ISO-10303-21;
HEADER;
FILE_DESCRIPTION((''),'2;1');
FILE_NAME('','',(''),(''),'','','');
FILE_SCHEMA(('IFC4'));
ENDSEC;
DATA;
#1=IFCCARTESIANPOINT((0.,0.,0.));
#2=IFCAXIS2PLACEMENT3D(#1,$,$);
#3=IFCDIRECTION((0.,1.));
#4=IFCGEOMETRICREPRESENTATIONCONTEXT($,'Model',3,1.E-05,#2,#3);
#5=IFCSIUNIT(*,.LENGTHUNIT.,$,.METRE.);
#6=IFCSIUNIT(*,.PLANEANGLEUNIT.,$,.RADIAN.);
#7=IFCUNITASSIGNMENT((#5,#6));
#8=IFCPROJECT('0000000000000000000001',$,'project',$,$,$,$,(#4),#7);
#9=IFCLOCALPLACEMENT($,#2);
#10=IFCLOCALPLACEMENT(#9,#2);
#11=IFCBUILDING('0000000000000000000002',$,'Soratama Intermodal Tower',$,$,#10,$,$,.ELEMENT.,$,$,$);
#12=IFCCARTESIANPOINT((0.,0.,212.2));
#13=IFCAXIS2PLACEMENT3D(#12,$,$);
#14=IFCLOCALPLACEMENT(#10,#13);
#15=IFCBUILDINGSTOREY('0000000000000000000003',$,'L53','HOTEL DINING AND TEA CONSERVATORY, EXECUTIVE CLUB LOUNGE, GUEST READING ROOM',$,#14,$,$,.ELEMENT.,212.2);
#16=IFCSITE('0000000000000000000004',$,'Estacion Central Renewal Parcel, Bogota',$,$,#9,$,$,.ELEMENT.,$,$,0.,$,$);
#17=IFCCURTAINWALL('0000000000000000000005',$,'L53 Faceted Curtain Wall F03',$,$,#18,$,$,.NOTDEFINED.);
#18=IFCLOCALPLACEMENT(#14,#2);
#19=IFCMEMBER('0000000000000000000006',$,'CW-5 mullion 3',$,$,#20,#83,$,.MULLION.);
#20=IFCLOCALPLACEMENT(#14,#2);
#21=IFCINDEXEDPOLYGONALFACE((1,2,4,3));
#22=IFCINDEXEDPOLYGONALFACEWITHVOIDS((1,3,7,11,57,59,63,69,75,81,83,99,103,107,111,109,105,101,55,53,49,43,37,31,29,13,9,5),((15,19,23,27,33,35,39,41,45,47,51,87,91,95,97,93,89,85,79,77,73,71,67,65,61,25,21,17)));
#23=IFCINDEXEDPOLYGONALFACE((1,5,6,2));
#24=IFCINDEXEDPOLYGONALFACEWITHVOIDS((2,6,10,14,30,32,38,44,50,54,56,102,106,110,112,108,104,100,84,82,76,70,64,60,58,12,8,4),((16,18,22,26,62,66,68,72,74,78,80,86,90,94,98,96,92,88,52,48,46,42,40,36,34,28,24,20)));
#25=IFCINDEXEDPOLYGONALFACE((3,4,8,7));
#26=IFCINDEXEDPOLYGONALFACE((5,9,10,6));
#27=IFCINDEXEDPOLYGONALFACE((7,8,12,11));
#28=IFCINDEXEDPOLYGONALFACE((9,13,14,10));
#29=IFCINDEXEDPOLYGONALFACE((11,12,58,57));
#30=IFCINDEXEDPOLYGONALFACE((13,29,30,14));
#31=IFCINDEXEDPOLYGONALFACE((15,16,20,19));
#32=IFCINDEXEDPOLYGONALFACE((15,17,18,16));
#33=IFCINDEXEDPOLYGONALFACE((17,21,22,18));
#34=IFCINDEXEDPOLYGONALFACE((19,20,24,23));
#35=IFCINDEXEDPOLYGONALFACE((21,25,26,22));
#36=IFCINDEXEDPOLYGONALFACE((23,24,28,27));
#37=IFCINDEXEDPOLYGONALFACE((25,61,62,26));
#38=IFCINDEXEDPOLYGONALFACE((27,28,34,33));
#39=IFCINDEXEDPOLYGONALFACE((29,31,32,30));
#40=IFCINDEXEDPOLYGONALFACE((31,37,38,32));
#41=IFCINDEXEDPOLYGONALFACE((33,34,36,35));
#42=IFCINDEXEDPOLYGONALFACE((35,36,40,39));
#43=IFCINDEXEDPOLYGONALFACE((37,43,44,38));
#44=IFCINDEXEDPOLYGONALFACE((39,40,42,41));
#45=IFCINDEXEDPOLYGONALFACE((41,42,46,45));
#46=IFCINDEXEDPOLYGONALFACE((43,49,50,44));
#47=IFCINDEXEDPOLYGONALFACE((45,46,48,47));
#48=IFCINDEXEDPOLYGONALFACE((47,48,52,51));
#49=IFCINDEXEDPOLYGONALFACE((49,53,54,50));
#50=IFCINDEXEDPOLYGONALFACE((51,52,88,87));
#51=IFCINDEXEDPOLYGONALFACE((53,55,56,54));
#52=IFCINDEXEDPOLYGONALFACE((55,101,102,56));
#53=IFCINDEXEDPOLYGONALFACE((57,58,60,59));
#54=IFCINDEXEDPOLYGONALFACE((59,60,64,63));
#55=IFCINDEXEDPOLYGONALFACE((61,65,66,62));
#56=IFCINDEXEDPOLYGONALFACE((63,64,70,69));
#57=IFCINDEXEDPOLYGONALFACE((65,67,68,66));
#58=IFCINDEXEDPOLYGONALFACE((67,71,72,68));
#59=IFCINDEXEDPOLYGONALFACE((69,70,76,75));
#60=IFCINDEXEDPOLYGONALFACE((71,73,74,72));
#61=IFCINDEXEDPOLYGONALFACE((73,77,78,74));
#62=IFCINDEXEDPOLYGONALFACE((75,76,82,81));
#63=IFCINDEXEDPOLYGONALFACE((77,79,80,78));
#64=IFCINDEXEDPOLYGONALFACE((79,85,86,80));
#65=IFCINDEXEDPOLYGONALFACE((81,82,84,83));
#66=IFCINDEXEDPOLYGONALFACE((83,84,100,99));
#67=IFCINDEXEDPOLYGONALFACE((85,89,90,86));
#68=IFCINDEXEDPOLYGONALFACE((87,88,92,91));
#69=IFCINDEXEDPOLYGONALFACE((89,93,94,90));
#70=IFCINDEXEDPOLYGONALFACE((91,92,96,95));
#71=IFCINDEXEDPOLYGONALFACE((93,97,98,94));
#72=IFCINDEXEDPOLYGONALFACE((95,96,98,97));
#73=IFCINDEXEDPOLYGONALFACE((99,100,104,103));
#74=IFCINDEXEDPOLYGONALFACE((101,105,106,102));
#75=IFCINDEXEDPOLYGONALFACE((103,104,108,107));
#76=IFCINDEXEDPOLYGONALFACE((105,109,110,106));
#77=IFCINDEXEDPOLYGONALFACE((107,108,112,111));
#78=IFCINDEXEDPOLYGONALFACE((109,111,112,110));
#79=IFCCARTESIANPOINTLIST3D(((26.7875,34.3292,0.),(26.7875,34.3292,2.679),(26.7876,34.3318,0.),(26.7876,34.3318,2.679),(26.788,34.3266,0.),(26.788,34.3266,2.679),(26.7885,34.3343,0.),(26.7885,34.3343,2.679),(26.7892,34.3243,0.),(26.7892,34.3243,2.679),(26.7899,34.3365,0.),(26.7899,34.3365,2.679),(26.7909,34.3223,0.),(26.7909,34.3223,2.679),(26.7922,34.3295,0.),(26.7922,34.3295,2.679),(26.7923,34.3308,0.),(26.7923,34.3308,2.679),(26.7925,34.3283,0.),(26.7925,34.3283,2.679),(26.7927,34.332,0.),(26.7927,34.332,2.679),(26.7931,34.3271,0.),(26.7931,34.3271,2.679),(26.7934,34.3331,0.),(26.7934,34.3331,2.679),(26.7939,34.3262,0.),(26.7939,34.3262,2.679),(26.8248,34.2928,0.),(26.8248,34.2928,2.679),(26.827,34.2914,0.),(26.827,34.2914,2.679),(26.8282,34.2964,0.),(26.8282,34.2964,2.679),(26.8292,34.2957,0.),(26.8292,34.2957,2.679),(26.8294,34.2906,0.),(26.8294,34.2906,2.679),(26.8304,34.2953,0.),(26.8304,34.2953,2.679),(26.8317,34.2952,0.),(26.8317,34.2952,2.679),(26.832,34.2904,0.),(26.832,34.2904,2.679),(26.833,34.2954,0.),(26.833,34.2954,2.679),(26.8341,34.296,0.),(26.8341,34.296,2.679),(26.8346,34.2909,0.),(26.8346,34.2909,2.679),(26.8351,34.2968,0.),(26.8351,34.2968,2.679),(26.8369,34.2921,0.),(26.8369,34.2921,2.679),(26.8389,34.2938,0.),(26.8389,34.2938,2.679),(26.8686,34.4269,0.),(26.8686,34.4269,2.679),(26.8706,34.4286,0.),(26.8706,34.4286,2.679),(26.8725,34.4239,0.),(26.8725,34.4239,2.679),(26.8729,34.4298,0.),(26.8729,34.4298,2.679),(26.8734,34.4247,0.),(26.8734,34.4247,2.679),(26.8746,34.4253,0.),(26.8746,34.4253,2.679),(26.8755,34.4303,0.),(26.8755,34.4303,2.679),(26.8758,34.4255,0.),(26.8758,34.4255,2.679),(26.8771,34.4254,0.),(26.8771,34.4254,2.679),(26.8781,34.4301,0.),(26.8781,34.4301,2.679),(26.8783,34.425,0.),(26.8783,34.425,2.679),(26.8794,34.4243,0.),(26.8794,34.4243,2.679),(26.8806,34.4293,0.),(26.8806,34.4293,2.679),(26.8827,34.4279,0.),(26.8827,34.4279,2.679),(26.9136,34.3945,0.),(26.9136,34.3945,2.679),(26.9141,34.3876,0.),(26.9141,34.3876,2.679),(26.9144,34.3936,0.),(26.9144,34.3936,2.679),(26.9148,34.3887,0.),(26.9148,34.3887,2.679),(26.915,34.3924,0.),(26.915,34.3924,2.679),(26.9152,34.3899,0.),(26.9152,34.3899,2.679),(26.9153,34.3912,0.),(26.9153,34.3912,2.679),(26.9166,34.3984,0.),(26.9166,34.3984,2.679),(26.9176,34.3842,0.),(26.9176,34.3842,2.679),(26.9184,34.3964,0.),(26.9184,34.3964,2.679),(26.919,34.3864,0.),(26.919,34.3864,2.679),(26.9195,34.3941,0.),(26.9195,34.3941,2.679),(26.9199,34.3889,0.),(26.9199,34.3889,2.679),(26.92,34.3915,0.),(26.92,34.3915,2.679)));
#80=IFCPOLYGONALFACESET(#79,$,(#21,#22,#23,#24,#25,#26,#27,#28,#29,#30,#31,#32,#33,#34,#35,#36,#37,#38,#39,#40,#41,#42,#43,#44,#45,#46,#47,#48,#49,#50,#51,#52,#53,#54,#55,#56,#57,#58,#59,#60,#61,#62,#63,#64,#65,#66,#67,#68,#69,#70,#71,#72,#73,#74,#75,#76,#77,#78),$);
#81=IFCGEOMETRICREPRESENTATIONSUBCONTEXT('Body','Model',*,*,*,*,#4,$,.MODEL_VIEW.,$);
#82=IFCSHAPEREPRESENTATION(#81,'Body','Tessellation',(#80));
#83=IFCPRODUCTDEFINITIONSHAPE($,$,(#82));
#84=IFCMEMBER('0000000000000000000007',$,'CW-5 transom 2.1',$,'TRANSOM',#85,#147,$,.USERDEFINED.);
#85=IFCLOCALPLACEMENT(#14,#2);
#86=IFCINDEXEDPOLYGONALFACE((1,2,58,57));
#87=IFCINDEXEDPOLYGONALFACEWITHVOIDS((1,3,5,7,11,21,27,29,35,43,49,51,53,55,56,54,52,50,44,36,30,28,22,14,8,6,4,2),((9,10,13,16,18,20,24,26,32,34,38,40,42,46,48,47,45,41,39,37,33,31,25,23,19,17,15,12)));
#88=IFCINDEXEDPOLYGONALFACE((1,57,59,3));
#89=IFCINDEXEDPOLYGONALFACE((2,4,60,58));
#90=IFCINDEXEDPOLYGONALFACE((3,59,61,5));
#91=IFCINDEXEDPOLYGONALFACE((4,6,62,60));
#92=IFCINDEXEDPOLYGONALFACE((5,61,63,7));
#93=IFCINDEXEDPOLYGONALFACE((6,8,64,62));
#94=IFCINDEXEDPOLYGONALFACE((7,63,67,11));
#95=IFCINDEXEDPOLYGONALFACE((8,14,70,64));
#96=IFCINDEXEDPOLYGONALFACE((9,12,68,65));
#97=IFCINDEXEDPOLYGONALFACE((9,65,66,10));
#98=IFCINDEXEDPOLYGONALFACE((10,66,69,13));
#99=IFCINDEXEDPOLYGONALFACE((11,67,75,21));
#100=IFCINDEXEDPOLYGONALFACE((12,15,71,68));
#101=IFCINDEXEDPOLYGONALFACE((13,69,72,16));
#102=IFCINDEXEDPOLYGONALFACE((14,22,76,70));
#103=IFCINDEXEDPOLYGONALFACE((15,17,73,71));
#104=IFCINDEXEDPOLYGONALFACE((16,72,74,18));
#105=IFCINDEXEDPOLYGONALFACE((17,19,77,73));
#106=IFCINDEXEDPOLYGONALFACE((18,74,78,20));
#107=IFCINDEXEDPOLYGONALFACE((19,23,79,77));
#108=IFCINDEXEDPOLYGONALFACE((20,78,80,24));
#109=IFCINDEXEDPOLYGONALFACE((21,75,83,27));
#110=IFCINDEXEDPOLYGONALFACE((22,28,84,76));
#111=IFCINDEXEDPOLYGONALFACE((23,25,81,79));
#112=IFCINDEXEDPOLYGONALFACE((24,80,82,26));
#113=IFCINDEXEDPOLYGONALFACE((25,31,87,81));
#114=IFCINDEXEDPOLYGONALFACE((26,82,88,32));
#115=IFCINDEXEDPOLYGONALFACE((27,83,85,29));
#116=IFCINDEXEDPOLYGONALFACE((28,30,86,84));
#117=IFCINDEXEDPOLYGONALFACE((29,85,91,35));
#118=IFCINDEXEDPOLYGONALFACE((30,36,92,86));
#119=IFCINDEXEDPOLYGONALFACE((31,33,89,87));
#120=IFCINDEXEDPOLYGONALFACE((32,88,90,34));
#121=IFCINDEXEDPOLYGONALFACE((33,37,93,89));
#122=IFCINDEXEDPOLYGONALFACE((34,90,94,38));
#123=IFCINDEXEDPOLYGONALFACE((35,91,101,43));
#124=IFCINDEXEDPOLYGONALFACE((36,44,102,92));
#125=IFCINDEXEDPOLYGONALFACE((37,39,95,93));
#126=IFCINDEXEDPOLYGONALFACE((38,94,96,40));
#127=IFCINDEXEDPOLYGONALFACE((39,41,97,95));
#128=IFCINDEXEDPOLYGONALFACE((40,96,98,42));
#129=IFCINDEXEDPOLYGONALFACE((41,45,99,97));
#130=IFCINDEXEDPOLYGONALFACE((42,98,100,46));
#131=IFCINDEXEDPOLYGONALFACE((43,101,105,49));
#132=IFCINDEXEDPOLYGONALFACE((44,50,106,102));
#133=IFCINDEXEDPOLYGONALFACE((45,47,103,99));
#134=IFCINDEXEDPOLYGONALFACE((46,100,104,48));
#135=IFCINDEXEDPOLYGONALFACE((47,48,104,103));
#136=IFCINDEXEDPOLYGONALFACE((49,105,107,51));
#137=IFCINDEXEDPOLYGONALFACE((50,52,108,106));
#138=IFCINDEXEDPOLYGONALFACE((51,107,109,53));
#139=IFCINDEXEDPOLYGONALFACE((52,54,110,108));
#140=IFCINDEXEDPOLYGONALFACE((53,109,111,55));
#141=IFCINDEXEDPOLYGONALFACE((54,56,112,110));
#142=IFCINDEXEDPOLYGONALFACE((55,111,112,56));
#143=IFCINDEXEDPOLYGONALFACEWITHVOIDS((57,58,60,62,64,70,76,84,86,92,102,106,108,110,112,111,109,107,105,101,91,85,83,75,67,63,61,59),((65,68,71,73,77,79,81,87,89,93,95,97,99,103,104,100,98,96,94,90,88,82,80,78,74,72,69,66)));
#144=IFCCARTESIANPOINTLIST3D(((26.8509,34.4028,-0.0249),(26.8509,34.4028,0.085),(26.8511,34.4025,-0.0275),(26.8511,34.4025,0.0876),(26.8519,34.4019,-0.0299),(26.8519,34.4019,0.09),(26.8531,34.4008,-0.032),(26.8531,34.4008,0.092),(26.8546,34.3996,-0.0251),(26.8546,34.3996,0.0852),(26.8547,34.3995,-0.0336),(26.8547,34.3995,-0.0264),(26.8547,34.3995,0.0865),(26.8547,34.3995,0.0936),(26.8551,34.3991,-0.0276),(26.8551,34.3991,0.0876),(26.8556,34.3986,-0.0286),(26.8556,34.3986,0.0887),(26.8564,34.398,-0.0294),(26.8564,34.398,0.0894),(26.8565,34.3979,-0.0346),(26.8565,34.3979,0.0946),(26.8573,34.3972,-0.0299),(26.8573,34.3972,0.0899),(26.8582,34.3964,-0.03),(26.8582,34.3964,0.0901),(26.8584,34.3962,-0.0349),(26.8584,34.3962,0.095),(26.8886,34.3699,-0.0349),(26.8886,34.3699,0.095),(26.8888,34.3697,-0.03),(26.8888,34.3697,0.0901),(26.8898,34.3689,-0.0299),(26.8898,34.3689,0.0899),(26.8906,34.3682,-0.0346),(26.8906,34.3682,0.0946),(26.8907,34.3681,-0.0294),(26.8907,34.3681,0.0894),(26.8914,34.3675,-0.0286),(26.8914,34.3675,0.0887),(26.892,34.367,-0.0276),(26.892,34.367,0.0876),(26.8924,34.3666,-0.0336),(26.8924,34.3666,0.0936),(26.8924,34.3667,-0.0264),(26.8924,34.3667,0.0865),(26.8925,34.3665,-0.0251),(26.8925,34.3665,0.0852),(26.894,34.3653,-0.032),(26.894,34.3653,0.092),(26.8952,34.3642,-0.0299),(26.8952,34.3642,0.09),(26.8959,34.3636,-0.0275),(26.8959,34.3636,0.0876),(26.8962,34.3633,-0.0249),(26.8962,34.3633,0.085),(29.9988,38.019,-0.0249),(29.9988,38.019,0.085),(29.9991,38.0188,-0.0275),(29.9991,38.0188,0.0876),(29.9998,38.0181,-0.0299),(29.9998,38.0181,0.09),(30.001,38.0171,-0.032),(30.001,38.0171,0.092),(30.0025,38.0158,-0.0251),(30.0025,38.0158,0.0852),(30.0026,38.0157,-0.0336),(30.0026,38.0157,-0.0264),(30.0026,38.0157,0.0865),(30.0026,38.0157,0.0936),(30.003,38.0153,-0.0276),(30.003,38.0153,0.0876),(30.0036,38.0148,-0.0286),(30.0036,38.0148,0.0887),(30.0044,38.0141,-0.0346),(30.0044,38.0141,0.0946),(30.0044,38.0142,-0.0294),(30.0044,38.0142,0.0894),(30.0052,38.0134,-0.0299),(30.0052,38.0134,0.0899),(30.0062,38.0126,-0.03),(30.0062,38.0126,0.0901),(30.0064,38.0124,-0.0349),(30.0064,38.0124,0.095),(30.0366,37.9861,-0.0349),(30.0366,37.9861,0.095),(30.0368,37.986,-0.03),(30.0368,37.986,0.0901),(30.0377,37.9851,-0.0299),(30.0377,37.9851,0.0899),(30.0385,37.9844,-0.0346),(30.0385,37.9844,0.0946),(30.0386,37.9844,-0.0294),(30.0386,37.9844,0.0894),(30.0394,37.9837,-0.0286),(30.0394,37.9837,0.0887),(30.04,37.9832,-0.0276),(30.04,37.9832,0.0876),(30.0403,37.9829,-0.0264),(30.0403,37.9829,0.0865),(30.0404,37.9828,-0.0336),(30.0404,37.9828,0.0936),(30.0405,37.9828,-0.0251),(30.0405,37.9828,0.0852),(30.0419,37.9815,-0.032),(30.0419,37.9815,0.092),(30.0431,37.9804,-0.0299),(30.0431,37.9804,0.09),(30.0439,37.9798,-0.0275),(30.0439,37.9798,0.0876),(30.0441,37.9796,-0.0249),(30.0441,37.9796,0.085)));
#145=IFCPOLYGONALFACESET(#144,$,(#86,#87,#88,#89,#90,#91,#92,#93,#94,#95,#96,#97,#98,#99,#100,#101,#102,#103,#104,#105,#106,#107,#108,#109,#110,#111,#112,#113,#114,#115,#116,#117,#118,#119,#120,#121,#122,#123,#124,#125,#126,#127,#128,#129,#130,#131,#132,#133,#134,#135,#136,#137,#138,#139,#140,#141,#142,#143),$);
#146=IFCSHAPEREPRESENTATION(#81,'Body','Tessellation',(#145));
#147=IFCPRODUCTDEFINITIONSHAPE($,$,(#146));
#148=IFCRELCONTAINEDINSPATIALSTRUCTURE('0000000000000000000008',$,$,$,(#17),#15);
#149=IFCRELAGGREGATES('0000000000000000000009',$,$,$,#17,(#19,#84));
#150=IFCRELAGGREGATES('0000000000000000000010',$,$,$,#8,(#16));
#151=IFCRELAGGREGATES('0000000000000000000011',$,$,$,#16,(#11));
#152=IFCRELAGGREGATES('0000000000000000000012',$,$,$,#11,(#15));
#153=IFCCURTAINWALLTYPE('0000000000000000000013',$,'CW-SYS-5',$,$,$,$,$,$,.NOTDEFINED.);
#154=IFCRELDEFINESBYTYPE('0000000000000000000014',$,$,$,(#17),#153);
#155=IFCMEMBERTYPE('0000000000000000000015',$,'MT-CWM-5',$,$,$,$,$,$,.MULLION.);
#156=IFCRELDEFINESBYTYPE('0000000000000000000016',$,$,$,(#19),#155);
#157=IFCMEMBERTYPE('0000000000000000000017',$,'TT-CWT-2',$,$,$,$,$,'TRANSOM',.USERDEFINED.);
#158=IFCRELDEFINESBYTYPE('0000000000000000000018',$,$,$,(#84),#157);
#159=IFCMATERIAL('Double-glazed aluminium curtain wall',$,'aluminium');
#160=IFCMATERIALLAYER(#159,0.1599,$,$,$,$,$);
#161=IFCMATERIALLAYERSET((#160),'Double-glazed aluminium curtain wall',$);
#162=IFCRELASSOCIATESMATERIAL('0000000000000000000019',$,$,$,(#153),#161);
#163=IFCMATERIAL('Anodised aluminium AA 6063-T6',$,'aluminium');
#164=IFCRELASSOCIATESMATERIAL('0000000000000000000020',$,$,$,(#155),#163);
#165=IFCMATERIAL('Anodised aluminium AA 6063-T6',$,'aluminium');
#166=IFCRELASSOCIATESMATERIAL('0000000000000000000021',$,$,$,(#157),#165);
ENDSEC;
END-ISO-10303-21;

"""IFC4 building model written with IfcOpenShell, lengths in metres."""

from ifc_helpers import new_model, si_unit, direction, frame, origin, origin_2d, place, context, subcontext, project, spatial, hollow_rectangle, extrude, material, layer, layer_set, material_profile, profile_set, type_object, element, aggregate, save


model = new_model("IFC4")

# Units and contexts
model_context = context("Model", 3, precision=1e-05, world=origin(), true_north=direction((0.0, 1.0)))
body_context = subcontext(model_context, "Body", "Model", "MODEL_VIEW")
ifc_project = project(units=[si_unit("LENGTHUNIT", "METRE"), si_unit("PLANEANGLEUNIT", "RADIAN")], contexts=[model_context])

# Site, building, storey
site_placement = place(None, origin())
site = spatial("IfcSite", under=ifc_project, at=site_placement, Name="Estacion Central Renewal Parcel, Bogota", CompositionType="ELEMENT", RefElevation=0.0)
building_placement = place(site_placement, origin())
building = spatial("IfcBuilding", under=site, at=building_placement, Name="Soratama Intermodal Tower", CompositionType="ELEMENT")
storey_placement = place(building_placement, frame((0.0, 0.0, 212.2)))
storey = spatial("IfcBuildingStorey", under=building, at=storey_placement, Name="L53", Description="HOTEL DINING AND TEA CONSERVATORY, EXECUTIVE CLUB LOUNGE, GUEST READING ROOM", CompositionType="ELEMENT", Elevation=212.2)

# Curtain wall, members
ifc_material_1 = material(Name="Double-glazed aluminium curtain wall", Category="aluminium")
ifc_layer_1 = layer(ifc_material_1, 0.1599)
ifc_layer_set_1 = layer_set([ifc_layer_1], Name="Double-glazed aluminium curtain wall")
curtain_wall_type = type_object("IfcCurtainWallType", Name="CW-SYS-5", PredefinedType="NOTDEFINED", material=ifc_layer_set_1)
curtain_wall_placement = place(storey_placement, origin())
curtain_wall = element("IfcCurtainWall", 1, at=curtain_wall_placement, inside=storey, type_object=curtain_wall_type, Name="L53 Faceted Curtain Wall F03", PredefinedType="NOTDEFINED")
ifc_material_2 = material(Name="Anodised aluminium AA 6063-T6", Category="aluminium")
ifc_material_profile_1 = material_profile(ifc_material_2, hollow_rectangle(XDim=0.0649, YDim=0.1399, WallThickness=0.0049, InnerFilletRadius=0.0049, OuterFilletRadius=0.01, at=origin_2d()), Name="CWM140X65X5")
ifc_profile_set_1 = profile_set([ifc_material_profile_1], Name="Anodised aluminium AA 6063-T6")
member_type_1 = type_object("IfcMemberType", Name="MT-CWM-5", PredefinedType="MULLION", material=ifc_profile_set_1)
member_1_placement = place(storey_placement, frame((26.8538, 34.3604, 0.0), z_axis=(0.0, 0.0, 1.0), x_axis=(0.754252, -0.656585, 0.0)))
member_1 = element("IfcMember", 2, at=member_1_placement, type_object=member_type_1, Name="CW-5 mullion 3", PredefinedType="MULLION", context=body_context, shape_type="SweptSolid", body=[
    extrude(hollow_rectangle(XDim=0.0649, YDim=0.1399, WallThickness=0.0049, InnerFilletRadius=0.0049, OuterFilletRadius=0.01, at=origin_2d()), origin(), (0.0, 0.0, 1.0), 2.679),
])
ifc_material_3 = material(Name="Anodised aluminium AA 6063-T6", Category="aluminium")
ifc_material_profile_2 = material_profile(ifc_material_3, hollow_rectangle(XDim=0.0601, YDim=0.1299, WallThickness=0.0049, InnerFilletRadius=0.0049, OuterFilletRadius=0.01, at=origin_2d()), Name="CWT130X60X5")
ifc_profile_set_2 = profile_set([ifc_material_profile_2], Name="Anodised aluminium AA 6063-T6")
member_type_2 = type_object("IfcMemberType", Name="TT-CWT-2", ElementType="TRANSOM", PredefinedType="USERDEFINED", material=ifc_profile_set_2)
member_2_placement = place(storey_placement, frame((30.0215, 37.9993, 0.03), z_axis=(-0.656585, -0.754252, 0.0), x_axis=(0.754252, -0.656585, 0.0)))
member_2 = element("IfcMember", 3, at=member_2_placement, type_object=member_type_2, Name="CW-5 transom 2.1", ObjectType="TRANSOM", PredefinedType="USERDEFINED", context=body_context, shape_type="SweptSolid", body=[
    extrude(hollow_rectangle(XDim=0.0601, YDim=0.1299, WallThickness=0.0049, InnerFilletRadius=0.0049, OuterFilletRadius=0.01, at=origin_2d()), origin(), (0.0, 0.0, 1.0), 4.7944),
])
aggregate(curtain_wall, [member_1, member_2])

save(model, "model.ifc")
